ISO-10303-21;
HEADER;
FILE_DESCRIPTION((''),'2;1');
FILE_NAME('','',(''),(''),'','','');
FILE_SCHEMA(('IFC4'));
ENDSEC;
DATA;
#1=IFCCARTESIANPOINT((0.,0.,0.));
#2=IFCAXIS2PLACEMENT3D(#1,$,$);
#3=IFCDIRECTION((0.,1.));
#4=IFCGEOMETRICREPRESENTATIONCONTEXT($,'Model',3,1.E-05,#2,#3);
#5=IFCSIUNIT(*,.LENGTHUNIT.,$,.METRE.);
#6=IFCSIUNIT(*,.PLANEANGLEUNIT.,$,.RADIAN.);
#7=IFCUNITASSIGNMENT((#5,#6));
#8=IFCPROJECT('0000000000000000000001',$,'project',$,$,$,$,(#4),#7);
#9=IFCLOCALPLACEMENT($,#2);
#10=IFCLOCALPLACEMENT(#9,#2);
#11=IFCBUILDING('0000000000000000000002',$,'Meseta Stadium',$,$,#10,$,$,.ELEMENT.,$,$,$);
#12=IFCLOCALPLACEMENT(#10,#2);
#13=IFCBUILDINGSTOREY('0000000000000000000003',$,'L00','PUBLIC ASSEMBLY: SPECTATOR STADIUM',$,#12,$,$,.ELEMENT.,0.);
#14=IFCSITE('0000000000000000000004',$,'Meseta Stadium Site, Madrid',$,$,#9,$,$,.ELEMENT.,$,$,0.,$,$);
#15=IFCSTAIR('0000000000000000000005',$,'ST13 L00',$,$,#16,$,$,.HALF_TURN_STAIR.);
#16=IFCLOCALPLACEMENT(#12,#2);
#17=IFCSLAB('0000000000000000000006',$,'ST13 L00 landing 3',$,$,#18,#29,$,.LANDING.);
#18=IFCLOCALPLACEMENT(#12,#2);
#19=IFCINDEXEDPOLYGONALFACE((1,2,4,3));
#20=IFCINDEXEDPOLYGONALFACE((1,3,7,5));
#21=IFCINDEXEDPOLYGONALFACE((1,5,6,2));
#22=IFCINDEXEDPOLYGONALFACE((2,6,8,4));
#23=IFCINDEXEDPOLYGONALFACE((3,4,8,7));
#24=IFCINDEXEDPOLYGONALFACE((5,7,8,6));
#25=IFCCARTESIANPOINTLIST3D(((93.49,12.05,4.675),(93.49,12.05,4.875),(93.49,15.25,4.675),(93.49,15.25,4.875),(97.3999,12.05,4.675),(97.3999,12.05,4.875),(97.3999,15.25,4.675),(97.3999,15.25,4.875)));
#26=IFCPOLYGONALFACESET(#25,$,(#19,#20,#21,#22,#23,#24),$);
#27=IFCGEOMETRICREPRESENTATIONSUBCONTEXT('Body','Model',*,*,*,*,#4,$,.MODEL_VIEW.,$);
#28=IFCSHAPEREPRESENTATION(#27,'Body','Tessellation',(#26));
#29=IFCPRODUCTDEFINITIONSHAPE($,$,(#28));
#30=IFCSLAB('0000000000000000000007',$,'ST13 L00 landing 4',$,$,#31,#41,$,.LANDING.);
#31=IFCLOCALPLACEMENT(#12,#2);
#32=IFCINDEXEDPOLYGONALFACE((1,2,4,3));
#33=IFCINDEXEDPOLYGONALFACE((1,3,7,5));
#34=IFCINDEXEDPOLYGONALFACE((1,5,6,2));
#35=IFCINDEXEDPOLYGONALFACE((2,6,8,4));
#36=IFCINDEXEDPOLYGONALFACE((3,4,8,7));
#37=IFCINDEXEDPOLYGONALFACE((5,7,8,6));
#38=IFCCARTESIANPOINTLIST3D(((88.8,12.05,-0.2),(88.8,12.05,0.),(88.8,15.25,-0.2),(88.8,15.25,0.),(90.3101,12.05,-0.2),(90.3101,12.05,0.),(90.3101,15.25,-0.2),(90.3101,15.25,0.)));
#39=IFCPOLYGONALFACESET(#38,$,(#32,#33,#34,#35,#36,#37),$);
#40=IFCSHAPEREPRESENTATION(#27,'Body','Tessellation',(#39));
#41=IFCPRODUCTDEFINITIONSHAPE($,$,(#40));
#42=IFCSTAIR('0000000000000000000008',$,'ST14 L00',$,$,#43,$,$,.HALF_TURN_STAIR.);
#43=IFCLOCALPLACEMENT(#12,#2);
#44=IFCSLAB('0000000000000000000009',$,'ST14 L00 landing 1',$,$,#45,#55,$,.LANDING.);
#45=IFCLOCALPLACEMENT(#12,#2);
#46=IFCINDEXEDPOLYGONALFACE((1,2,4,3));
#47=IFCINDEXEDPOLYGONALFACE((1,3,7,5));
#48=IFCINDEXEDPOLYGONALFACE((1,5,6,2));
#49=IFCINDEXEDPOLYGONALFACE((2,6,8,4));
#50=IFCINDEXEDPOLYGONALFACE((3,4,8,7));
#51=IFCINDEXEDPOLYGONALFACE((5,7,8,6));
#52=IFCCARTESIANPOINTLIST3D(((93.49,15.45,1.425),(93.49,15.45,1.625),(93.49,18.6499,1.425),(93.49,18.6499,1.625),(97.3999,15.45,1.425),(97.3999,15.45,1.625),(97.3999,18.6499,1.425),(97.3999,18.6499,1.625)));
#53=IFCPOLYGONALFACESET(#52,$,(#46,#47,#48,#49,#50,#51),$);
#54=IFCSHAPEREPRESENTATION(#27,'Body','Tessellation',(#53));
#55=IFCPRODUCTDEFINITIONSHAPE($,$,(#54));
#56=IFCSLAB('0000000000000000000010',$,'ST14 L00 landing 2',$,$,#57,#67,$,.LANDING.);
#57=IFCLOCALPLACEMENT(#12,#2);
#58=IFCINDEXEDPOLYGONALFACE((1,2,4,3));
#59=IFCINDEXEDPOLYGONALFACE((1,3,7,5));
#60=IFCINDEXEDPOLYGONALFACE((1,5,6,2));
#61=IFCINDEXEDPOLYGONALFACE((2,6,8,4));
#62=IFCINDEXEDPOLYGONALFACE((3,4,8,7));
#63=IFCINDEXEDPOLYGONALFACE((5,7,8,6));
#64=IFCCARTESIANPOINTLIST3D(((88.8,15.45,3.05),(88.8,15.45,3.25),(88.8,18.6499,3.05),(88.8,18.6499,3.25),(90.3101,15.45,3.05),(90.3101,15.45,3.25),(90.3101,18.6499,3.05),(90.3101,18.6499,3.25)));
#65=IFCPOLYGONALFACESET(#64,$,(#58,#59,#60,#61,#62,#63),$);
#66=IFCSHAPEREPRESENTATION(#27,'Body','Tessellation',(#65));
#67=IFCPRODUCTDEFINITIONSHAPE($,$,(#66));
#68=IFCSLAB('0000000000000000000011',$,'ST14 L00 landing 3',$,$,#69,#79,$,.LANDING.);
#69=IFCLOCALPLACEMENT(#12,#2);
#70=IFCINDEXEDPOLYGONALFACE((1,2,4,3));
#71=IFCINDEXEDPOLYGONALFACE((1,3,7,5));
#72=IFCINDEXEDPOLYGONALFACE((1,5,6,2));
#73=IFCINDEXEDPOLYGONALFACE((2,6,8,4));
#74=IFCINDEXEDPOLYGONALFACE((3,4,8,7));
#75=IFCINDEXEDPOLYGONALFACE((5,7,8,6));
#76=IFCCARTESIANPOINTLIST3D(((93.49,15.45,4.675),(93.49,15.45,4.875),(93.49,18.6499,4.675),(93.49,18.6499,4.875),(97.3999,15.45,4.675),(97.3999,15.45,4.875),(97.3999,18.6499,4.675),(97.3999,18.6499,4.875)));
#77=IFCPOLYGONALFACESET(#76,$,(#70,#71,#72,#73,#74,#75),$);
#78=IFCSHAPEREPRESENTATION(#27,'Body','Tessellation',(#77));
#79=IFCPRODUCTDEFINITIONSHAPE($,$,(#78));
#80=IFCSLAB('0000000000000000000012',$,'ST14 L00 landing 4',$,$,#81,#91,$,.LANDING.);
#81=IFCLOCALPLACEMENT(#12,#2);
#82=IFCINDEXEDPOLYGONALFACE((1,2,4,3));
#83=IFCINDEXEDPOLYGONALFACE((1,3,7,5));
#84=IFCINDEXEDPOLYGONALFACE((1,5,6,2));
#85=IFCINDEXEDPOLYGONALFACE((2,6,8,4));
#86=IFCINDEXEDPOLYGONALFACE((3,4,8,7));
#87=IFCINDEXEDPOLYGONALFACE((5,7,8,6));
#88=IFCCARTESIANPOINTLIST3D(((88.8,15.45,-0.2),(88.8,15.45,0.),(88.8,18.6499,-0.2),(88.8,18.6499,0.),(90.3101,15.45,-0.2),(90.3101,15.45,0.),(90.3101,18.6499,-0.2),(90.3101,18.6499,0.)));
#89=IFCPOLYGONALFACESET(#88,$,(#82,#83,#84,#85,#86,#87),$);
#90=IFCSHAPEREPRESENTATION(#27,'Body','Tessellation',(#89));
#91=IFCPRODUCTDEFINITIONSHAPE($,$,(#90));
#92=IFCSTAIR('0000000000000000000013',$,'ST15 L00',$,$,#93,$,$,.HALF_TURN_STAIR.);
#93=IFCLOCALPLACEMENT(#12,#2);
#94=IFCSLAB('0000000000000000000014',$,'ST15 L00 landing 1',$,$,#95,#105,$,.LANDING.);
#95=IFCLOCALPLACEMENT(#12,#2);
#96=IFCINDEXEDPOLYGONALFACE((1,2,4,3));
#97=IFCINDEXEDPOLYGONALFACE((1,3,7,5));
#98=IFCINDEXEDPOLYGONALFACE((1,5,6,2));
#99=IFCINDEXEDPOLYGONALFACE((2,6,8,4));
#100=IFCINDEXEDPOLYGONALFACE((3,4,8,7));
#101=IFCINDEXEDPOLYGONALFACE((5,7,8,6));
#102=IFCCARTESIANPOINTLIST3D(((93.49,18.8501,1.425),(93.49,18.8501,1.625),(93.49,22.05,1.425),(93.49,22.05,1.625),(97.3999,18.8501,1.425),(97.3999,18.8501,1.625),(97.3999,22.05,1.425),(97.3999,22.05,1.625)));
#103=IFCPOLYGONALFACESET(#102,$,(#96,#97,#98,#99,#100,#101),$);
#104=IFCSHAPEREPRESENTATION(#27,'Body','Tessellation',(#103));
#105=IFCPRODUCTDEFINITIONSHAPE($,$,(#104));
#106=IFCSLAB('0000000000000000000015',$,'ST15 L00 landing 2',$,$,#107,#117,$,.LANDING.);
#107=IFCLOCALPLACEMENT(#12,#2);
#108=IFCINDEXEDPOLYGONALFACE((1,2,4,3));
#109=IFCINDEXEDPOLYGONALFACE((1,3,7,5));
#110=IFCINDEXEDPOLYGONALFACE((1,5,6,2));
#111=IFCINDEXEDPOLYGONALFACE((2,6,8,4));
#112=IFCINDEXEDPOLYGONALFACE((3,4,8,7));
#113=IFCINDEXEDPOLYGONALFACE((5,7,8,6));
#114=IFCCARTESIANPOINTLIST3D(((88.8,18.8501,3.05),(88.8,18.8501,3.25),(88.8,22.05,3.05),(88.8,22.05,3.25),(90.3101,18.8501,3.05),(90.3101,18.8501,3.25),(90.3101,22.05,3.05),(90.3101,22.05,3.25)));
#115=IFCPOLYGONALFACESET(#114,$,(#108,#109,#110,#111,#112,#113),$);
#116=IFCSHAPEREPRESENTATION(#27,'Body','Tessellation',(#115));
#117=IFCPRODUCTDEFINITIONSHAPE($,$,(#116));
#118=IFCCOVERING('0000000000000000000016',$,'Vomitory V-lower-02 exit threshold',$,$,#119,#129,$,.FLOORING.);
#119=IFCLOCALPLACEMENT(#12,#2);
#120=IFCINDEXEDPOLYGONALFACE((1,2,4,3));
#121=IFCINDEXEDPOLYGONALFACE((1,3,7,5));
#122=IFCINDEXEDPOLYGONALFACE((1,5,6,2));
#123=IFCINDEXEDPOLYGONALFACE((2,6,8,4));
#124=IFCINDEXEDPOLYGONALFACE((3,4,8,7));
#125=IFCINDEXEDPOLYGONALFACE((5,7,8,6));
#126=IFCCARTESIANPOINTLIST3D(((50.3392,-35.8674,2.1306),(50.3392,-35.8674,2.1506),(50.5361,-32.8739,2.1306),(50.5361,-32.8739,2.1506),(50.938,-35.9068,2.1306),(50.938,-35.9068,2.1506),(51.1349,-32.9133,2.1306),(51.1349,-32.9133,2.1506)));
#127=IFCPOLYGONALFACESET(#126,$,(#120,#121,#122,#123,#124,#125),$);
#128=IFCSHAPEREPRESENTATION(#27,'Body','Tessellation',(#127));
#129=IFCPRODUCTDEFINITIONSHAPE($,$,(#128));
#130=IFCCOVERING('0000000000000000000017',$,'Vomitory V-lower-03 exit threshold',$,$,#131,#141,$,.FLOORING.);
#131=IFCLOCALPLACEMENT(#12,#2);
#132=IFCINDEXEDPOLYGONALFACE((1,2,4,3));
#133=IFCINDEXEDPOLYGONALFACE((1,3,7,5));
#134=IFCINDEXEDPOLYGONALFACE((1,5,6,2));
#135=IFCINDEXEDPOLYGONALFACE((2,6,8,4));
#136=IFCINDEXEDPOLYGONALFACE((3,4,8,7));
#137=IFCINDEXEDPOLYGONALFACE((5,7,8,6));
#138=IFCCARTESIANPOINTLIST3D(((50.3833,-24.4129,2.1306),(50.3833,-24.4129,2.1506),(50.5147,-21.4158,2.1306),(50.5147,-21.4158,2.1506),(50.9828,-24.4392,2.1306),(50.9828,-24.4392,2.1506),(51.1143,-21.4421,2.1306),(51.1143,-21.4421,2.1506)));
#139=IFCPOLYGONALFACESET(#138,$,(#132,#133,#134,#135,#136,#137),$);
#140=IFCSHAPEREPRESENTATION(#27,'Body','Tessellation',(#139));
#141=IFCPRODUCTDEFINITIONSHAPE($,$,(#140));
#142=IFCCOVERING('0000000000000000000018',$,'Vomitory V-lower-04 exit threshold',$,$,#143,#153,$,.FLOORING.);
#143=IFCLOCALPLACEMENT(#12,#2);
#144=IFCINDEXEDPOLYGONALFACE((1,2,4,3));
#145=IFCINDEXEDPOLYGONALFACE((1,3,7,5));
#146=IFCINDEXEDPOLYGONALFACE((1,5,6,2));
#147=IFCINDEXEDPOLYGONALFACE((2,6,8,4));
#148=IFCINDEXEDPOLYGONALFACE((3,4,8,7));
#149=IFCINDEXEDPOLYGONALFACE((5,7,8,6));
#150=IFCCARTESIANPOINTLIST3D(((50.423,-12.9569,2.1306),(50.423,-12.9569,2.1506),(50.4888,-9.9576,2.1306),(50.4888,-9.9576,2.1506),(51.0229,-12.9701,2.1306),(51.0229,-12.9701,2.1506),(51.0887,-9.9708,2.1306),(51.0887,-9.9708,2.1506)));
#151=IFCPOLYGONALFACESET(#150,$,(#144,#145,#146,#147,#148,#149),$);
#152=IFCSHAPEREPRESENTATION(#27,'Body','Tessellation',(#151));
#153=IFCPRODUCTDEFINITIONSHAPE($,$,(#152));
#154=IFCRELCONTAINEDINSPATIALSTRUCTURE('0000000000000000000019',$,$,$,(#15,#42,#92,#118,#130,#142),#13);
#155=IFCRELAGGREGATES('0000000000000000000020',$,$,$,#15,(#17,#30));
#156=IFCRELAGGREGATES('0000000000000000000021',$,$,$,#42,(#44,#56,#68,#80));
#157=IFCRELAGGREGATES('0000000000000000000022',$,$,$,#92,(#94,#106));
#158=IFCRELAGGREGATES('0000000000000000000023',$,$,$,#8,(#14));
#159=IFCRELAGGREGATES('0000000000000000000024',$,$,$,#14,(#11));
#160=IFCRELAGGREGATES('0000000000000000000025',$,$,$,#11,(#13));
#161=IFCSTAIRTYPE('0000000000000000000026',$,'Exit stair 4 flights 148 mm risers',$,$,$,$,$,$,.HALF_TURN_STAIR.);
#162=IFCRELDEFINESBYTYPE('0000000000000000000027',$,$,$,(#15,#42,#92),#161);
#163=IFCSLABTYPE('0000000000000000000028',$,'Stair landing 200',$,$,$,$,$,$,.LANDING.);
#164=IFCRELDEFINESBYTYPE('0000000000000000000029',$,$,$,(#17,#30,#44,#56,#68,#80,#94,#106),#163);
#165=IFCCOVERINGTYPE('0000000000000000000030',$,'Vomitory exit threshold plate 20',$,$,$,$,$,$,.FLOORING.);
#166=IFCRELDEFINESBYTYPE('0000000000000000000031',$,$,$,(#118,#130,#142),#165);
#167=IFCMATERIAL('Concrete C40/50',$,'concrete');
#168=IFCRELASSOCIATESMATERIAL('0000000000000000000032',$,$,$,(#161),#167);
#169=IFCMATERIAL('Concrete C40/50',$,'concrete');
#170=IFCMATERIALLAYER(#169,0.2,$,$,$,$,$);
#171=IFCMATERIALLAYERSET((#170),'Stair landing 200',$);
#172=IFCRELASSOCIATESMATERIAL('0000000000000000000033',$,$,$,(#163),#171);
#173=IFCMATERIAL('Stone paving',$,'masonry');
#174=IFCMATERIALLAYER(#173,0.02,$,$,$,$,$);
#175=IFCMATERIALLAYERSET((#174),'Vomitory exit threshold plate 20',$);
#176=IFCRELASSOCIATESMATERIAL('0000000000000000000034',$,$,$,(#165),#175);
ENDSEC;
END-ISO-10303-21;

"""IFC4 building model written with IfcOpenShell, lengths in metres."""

from ifc_helpers import new_model, si_unit, direction, frame, origin, origin_2d, place, context, subcontext, project, spatial, polyline, rectangle, outline, extrude, material, layer, layer_set, type_object, element, aggregate, save


model = new_model("IFC4")

# Units and contexts
model_context = context("Model", 3, precision=1e-05, world=origin(), true_north=direction((0.0, 1.0)))
body_context = subcontext(model_context, "Body", "Model", "MODEL_VIEW")
ifc_project = project(units=[si_unit("LENGTHUNIT", "METRE"), si_unit("PLANEANGLEUNIT", "RADIAN")], contexts=[model_context])

# Site, building, storey
site_placement = place(None, origin())
site = spatial("IfcSite", under=ifc_project, at=site_placement, Name="Meseta Stadium Site, Madrid", CompositionType="ELEMENT", RefElevation=0.0)
building_placement = place(site_placement, origin())
building = spatial("IfcBuilding", under=site, at=building_placement, Name="Meseta Stadium", CompositionType="ELEMENT")
storey_placement = place(building_placement, origin())
storey = spatial("IfcBuildingStorey", under=building, at=storey_placement, Name="L00", Description="PUBLIC ASSEMBLY: SPECTATOR STADIUM", CompositionType="ELEMENT", Elevation=0.0)

# Shared definitions
ifc_material_1 = material(Name="Concrete C40/50", Category="concrete")
stair_type = type_object("IfcStairType", Name="Exit stair 4 flights 148 mm risers", PredefinedType="HALF_TURN_STAIR", material=ifc_material_1)
ifc_material_2 = material(Name="Concrete C40/50", Category="concrete")
ifc_layer_1 = layer(ifc_material_2, 0.2)
ifc_layer_set_1 = layer_set([ifc_layer_1], Name="Stair landing 200")
slab_type_1 = type_object("IfcSlabType", Name="Stair landing 200", PredefinedType="LANDING", material=ifc_layer_set_1)

# Stairs, slabs
stair_1_placement = place(storey_placement, origin())
stair_1 = element("IfcStair", 1, at=stair_1_placement, inside=storey, type_object=stair_type, Name="ST13 L00", PredefinedType="HALF_TURN_STAIR")
slab_1_placement = place(storey_placement, frame((0.0, 0.0, 4.675)))
slab_1 = element("IfcSlab", 2, at=slab_1_placement, type_object=slab_type_1, Name="ST13 L00 landing 3", PredefinedType="LANDING", context=body_context, shape_type="SweptSolid", body=[
    extrude(outline(polyline([(93.49, 12.05), (97.3999, 12.05), (97.3999, 15.25), (93.49, 15.25), (93.49, 12.05)])), origin(), (0.0, 0.0, 1.0), 0.2),
])
slab_2_placement = place(storey_placement, frame((0.0, 0.0, -0.2)))
slab_2 = element("IfcSlab", 3, at=slab_2_placement, type_object=slab_type_1, Name="ST13 L00 landing 4", PredefinedType="LANDING", context=body_context, shape_type="SweptSolid", body=[
    extrude(outline(polyline([(88.8, 12.05), (90.3101, 12.05), (90.3101, 15.25), (88.8, 15.25), (88.8, 12.05)])), origin(), (0.0, 0.0, 1.0), 0.2),
])
aggregate(stair_1, [slab_1, slab_2])
stair_2_placement = place(storey_placement, origin())
stair_2 = element("IfcStair", 4, at=stair_2_placement, inside=storey, type_object=stair_type, Name="ST14 L00", PredefinedType="HALF_TURN_STAIR")
slab_3_placement = place(storey_placement, frame((0.0, 0.0, 1.425)))
slab_3 = element("IfcSlab", 5, at=slab_3_placement, type_object=slab_type_1, Name="ST14 L00 landing 1", PredefinedType="LANDING", context=body_context, shape_type="SweptSolid", body=[
    extrude(outline(polyline([(93.49, 15.45), (97.3999, 15.45), (97.3999, 18.6499), (93.49, 18.6499), (93.49, 15.45)])), origin(), (0.0, 0.0, 1.0), 0.2),
])
slab_4_placement = place(storey_placement, frame((0.0, 0.0, 3.05)))
slab_4 = element("IfcSlab", 6, at=slab_4_placement, type_object=slab_type_1, Name="ST14 L00 landing 2", PredefinedType="LANDING", context=body_context, shape_type="SweptSolid", body=[
    extrude(outline(polyline([(88.8, 15.45), (90.3101, 15.45), (90.3101, 18.6499), (88.8, 18.6499), (88.8, 15.45)])), origin(), (0.0, 0.0, 1.0), 0.2),
])
slab_5_placement = place(storey_placement, frame((0.0, 0.0, 4.675)))
slab_5 = element("IfcSlab", 7, at=slab_5_placement, type_object=slab_type_1, Name="ST14 L00 landing 3", PredefinedType="LANDING", context=body_context, shape_type="SweptSolid", body=[
    extrude(outline(polyline([(93.49, 15.45), (97.3999, 15.45), (97.3999, 18.6499), (93.49, 18.6499), (93.49, 15.45)])), origin(), (0.0, 0.0, 1.0), 0.2),
])
slab_6_placement = place(storey_placement, frame((0.0, 0.0, -0.2)))
slab_6 = element("IfcSlab", 8, at=slab_6_placement, type_object=slab_type_1, Name="ST14 L00 landing 4", PredefinedType="LANDING", context=body_context, shape_type="SweptSolid", body=[
    extrude(outline(polyline([(88.8, 15.45), (90.3101, 15.45), (90.3101, 18.6499), (88.8, 18.6499), (88.8, 15.45)])), origin(), (0.0, 0.0, 1.0), 0.2),
])
aggregate(stair_2, [slab_3, slab_4, slab_5, slab_6])
stair_3_placement = place(storey_placement, origin())
stair_3 = element("IfcStair", 9, at=stair_3_placement, inside=storey, type_object=stair_type, Name="ST15 L00", PredefinedType="HALF_TURN_STAIR")
slab_7_placement = place(storey_placement, frame((0.0, 0.0, 1.425)))
slab_7 = element("IfcSlab", 10, at=slab_7_placement, type_object=slab_type_1, Name="ST15 L00 landing 1", PredefinedType="LANDING", context=body_context, shape_type="SweptSolid", body=[
    extrude(outline(polyline([(93.49, 18.8501), (97.3999, 18.8501), (97.3999, 22.05), (93.49, 22.05), (93.49, 18.8501)])), origin(), (0.0, 0.0, 1.0), 0.2),
])
slab_8_placement = place(storey_placement, frame((0.0, 0.0, 3.05)))
slab_8 = element("IfcSlab", 11, at=slab_8_placement, type_object=slab_type_1, Name="ST15 L00 landing 2", PredefinedType="LANDING", context=body_context, shape_type="SweptSolid", body=[
    extrude(outline(polyline([(88.8, 18.8501), (90.3101, 18.8501), (90.3101, 22.05), (88.8, 22.05), (88.8, 18.8501)])), origin(), (0.0, 0.0, 1.0), 0.2),
])
aggregate(stair_3, [slab_7, slab_8])

# Coverings
ifc_material_3 = material(Name="Stone paving", Category="masonry")
ifc_layer_2 = layer(ifc_material_3, 0.02)
ifc_layer_set_2 = layer_set([ifc_layer_2], Name="Vomitory exit threshold plate 20")
covering_type = type_object("IfcCoveringType", Name="Vomitory exit threshold plate 20", PredefinedType="FLOORING", material=ifc_layer_set_2)
for number, where, z_axis, x_axis, name in (
    (12, (50.7371, -34.3904, 2.1306), (0.0, 0.0, 1.0), (-0.997843, 0.065647, 0.0), "Vomitory V-lower-02 exit threshold"),
    (13, (50.7488, -22.9275, 2.1306), (0.0, 0.0, 1.0), (-0.99904, 0.043818, 0.0), "Vomitory V-lower-03 exit threshold"),
    (14, (50.7559, -11.4639, 2.1306), (0.0, 0.0, 1.0), (-0.99976, 0.021925, 0.0), "Vomitory V-lower-04 exit threshold"),
):
    element("IfcCovering", number, at=place(storey_placement, frame(where, z_axis=z_axis, x_axis=x_axis)), inside=storey, type_object=covering_type, Name=name, PredefinedType="FLOORING", context=body_context, shape_type="SweptSolid", body=[
        extrude(rectangle(XDim=0.6001, YDim=3.0, at=origin_2d()), origin(), (0.0, 0.0, 1.0), 0.02),
    ])

save(model, "model.ifc")
